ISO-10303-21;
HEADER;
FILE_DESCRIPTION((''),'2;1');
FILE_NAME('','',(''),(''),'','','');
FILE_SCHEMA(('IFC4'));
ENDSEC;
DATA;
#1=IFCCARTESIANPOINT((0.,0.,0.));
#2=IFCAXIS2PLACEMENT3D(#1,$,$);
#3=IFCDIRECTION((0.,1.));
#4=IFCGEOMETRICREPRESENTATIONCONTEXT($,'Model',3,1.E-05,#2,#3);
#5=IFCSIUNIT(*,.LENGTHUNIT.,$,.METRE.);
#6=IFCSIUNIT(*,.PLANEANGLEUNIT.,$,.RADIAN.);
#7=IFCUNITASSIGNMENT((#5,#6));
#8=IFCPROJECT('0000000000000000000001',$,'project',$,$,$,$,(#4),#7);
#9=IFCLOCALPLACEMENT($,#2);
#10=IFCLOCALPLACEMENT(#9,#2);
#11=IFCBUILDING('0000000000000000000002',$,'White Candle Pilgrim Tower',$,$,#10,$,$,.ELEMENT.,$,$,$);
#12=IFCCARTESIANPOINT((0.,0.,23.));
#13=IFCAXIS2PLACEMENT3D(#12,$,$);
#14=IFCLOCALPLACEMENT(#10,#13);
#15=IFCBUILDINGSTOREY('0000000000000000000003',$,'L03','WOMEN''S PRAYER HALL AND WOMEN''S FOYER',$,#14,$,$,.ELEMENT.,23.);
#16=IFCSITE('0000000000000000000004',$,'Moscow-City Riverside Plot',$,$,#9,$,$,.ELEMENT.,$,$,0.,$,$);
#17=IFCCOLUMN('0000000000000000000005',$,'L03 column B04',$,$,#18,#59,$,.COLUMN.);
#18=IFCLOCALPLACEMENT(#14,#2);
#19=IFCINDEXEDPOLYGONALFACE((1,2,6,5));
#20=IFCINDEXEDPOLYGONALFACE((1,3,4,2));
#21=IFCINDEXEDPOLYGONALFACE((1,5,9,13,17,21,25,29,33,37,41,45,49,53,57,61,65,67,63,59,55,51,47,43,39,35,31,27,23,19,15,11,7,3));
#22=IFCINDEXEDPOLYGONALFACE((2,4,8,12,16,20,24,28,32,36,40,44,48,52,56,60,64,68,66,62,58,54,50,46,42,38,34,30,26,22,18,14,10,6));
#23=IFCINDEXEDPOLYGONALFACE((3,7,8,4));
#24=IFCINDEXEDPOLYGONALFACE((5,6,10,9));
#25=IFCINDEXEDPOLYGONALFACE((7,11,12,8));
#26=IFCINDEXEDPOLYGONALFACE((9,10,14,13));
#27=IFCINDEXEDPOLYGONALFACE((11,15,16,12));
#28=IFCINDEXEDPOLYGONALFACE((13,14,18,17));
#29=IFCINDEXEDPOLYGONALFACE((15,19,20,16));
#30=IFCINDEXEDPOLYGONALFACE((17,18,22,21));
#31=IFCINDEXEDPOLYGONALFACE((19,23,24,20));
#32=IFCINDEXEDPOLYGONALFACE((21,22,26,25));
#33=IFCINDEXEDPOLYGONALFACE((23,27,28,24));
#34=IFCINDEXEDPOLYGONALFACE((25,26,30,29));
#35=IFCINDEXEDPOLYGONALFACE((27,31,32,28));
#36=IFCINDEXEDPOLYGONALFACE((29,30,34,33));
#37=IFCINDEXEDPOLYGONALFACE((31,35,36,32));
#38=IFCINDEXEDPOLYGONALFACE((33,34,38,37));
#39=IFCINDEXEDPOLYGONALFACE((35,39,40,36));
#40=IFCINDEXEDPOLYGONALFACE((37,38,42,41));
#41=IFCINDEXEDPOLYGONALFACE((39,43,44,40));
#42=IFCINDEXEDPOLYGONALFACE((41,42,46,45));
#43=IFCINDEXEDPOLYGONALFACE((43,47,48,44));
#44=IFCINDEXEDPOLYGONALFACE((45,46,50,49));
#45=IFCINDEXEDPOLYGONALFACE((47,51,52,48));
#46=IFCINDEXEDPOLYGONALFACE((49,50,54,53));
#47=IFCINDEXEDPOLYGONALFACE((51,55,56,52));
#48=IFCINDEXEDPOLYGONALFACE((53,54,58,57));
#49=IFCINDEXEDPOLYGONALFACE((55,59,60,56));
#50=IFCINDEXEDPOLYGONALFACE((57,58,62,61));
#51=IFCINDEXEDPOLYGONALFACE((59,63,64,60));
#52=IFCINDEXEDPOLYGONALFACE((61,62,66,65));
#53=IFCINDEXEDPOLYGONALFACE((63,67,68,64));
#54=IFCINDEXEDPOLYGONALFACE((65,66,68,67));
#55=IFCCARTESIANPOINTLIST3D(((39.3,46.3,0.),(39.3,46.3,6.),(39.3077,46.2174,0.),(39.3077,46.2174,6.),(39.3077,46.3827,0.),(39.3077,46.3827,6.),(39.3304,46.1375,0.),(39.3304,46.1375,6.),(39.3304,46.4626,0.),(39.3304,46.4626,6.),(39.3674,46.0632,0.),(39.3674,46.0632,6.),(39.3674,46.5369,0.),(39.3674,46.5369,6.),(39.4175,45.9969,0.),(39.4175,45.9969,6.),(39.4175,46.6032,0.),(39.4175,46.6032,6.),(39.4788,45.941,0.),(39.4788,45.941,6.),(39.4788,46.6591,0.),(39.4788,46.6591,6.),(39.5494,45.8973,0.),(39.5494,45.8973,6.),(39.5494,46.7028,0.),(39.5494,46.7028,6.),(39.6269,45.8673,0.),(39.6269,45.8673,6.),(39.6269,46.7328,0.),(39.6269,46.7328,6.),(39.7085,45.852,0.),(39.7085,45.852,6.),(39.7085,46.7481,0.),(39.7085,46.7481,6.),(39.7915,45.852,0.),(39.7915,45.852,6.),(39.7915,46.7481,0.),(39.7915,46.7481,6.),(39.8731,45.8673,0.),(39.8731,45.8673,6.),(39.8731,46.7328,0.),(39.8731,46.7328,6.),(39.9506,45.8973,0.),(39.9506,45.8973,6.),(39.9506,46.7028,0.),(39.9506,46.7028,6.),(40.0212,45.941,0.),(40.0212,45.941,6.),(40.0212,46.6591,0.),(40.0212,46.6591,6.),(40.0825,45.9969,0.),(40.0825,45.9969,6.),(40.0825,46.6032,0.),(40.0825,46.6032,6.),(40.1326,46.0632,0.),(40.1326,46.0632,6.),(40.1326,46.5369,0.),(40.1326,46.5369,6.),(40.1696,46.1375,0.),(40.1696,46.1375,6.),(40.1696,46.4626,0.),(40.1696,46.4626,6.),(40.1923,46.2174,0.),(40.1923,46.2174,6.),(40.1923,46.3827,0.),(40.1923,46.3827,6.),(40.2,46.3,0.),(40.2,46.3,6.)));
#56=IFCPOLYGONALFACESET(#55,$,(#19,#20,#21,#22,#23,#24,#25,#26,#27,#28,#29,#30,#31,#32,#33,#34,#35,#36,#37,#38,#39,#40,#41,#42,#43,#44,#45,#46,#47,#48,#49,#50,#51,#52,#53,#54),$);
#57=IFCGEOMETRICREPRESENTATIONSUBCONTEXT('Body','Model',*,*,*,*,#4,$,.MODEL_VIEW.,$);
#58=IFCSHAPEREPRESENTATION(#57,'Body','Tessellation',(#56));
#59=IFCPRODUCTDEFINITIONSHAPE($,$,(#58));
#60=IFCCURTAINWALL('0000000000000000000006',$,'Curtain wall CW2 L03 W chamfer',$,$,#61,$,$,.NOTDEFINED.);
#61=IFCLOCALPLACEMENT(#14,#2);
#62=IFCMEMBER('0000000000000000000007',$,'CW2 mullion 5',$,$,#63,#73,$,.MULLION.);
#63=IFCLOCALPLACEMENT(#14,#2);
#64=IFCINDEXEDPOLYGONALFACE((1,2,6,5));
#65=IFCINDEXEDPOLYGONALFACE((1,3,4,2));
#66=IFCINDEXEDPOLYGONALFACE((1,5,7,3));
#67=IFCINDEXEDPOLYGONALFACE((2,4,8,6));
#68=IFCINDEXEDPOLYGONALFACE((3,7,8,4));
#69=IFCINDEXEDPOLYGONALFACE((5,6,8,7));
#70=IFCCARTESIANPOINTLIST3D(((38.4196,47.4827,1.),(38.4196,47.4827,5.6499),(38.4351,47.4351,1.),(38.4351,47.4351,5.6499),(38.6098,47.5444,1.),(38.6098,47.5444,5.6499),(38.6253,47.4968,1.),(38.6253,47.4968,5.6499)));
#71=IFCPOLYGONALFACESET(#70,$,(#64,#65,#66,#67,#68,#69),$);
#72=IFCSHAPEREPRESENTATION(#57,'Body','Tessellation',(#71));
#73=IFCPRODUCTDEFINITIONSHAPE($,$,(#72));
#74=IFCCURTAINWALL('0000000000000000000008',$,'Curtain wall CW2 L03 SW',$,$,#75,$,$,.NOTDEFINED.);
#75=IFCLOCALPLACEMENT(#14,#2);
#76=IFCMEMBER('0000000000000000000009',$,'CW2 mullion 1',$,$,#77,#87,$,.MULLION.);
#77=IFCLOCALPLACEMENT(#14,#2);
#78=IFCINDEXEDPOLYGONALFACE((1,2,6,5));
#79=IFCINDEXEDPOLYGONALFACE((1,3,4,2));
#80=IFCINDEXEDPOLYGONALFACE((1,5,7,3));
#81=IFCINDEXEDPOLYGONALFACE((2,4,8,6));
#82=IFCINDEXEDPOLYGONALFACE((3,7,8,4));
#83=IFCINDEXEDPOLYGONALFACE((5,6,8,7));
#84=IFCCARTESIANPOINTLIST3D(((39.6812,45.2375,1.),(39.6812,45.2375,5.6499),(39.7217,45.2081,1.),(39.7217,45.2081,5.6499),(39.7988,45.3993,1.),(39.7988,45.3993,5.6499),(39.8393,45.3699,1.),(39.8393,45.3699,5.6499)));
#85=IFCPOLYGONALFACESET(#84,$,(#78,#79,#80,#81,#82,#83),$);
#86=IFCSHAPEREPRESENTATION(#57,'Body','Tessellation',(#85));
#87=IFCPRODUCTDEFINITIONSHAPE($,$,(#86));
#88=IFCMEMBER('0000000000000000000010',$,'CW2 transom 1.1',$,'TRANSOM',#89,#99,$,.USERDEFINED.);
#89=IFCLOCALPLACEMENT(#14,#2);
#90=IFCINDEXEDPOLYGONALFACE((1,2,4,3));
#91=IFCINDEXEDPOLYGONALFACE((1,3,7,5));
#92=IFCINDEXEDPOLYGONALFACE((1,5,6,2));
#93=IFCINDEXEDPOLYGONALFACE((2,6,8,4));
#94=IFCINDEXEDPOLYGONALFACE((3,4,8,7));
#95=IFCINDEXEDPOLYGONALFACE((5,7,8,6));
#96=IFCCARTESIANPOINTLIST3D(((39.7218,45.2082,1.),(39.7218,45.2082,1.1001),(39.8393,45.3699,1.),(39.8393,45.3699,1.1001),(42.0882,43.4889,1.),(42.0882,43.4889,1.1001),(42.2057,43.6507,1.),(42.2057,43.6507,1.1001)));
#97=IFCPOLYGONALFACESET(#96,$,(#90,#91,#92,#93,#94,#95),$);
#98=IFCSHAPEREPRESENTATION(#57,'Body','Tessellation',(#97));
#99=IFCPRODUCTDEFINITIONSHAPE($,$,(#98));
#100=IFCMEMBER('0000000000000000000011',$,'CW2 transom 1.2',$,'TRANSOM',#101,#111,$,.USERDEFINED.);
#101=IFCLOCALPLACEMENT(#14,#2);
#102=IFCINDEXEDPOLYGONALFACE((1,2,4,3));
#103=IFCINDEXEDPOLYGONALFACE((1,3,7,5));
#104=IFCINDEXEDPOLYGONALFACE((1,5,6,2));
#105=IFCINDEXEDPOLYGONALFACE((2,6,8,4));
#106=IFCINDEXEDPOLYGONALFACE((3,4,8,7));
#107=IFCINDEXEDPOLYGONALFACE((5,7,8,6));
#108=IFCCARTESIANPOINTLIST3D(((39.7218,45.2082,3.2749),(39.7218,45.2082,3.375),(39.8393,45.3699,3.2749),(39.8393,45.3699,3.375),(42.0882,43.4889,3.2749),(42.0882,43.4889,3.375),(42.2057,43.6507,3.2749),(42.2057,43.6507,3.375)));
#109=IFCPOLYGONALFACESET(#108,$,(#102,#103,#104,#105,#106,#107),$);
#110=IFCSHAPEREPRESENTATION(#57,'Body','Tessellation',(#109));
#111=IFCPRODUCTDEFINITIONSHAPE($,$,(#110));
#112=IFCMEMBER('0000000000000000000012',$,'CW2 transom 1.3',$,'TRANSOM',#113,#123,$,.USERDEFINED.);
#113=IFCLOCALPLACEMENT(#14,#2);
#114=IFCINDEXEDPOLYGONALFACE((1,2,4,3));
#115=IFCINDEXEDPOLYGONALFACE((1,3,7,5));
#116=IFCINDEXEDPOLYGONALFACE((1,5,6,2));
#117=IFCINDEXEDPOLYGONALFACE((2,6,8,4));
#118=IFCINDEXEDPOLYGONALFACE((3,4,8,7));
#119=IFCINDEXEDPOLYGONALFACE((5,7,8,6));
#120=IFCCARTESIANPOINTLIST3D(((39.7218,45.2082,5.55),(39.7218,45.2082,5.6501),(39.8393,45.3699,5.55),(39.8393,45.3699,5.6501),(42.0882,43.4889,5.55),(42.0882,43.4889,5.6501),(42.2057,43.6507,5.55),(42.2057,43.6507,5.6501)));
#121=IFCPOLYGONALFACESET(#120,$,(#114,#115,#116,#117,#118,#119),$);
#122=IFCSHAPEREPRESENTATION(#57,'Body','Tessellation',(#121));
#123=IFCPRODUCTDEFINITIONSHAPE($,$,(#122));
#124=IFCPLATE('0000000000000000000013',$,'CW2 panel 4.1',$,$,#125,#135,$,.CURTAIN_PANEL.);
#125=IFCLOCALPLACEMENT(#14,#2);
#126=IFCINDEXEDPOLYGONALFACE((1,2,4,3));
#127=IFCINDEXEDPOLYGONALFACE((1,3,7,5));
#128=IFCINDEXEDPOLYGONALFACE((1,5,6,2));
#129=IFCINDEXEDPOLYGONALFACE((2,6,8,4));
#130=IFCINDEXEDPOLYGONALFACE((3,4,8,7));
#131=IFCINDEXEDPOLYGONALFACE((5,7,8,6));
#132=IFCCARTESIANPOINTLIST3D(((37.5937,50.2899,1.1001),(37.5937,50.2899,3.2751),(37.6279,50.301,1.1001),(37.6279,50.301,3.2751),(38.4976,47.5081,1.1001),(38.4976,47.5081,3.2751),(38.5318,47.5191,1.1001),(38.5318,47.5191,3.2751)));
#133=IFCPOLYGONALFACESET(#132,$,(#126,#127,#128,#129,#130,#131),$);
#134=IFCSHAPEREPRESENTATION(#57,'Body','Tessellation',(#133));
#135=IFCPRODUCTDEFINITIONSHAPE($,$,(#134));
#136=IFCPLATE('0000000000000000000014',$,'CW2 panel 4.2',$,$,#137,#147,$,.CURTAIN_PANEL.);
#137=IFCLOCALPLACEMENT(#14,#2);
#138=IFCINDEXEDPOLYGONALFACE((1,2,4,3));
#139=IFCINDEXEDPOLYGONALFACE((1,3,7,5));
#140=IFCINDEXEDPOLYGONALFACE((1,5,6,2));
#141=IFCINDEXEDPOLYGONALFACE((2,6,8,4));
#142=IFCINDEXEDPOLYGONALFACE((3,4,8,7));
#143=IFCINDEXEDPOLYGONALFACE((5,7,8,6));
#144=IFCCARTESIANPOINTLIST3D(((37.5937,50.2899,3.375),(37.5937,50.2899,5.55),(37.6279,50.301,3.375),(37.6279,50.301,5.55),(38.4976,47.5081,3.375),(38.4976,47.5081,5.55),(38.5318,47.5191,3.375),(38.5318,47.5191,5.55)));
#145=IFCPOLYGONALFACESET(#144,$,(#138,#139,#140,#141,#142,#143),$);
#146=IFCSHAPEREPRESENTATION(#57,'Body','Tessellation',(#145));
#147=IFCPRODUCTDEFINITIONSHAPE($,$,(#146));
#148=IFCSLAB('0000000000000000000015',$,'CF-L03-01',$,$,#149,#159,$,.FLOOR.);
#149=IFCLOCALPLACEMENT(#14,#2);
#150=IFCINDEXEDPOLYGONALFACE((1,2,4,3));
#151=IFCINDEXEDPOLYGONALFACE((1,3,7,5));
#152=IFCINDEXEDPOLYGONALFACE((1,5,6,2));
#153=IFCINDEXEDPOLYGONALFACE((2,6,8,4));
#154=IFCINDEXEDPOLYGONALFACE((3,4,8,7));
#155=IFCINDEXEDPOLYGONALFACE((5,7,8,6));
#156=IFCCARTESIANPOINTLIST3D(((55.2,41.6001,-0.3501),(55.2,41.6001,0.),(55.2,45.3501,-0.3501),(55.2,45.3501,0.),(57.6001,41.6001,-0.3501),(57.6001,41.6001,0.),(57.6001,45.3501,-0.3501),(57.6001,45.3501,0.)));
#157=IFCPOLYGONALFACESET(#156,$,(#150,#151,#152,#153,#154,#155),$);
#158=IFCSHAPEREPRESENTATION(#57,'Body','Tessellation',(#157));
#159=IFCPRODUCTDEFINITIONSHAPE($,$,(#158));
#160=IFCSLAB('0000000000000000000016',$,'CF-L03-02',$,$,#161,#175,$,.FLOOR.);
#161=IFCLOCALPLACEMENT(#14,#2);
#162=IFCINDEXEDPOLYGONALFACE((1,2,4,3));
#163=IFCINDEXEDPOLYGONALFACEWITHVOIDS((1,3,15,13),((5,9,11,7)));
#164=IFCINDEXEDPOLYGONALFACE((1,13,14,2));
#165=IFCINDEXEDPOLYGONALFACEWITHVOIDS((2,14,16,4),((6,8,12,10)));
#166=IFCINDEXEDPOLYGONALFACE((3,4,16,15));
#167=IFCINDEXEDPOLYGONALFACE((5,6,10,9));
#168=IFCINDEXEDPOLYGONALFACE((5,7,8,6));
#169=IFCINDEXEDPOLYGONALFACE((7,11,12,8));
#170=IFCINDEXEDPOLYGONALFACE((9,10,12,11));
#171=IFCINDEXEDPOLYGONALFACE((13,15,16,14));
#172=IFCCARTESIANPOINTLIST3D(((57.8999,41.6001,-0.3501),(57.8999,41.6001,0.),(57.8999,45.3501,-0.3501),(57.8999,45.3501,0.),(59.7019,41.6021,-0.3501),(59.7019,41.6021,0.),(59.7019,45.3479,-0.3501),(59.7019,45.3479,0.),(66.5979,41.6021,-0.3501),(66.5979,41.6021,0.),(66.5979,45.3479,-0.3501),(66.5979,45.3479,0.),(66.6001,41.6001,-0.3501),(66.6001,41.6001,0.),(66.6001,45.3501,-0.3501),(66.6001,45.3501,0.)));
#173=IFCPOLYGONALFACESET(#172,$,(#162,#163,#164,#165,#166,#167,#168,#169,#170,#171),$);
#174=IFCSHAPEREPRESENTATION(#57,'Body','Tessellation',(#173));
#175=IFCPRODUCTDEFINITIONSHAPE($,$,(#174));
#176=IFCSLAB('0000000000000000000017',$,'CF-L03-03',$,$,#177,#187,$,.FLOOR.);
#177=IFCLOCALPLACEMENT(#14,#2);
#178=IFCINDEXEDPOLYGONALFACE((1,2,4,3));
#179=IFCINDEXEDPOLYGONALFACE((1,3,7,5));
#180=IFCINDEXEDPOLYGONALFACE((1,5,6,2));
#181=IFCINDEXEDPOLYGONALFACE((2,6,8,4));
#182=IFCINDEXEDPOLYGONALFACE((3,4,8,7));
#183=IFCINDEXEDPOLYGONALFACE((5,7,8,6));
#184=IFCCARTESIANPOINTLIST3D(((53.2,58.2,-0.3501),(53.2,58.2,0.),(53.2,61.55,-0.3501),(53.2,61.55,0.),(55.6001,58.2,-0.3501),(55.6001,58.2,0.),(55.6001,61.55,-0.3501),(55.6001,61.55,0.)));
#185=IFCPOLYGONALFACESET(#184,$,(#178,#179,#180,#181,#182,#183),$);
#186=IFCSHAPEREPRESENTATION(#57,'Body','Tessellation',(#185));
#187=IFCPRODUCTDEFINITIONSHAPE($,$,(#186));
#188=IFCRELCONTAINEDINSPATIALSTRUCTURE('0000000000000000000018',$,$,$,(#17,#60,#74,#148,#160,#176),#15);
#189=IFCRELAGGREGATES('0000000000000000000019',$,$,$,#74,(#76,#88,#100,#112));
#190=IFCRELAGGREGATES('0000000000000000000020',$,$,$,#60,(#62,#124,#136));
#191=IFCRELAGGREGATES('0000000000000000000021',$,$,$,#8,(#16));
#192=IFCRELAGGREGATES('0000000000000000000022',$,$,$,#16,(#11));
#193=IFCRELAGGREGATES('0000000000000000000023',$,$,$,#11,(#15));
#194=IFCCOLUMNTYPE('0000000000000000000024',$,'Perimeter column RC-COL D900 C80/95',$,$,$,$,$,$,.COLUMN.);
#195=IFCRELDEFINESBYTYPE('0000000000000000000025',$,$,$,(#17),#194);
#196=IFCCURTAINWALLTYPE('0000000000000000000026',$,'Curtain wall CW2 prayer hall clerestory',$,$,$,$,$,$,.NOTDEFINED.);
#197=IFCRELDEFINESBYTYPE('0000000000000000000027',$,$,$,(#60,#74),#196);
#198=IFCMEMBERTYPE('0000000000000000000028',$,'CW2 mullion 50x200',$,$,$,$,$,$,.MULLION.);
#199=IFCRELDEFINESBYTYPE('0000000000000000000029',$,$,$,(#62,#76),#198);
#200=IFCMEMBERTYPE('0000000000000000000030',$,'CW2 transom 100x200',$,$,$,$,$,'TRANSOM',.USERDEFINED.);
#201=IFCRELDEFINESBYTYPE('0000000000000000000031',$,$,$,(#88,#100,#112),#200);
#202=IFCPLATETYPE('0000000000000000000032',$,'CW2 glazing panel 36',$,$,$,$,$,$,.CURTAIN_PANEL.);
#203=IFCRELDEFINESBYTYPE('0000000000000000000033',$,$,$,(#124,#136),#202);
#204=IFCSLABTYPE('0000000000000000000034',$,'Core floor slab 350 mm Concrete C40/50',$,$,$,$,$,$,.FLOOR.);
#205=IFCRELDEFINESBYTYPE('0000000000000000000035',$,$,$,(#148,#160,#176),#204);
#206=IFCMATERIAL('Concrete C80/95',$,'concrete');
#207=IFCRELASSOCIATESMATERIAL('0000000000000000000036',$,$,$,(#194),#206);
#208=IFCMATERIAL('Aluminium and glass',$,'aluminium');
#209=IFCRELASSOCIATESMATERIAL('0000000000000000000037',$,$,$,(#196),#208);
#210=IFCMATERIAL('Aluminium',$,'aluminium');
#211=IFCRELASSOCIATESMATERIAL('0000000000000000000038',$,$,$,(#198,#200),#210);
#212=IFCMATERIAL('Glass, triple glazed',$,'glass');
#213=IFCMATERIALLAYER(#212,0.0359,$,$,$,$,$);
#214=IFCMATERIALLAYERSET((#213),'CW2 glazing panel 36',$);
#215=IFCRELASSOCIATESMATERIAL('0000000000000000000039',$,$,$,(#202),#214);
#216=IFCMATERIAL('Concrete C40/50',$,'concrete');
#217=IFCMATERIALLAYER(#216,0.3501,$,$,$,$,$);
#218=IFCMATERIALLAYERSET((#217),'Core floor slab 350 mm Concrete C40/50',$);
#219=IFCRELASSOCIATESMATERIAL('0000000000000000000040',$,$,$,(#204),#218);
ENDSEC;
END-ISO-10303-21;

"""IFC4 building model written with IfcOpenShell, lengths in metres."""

from ifc_helpers import new_model, si_unit, direction, frame, origin, origin_2d, place, context, subcontext, project, spatial, polyline, rectangle, circle, outline, extrude, material, layer, layer_set, material_profile, profile_set, type_object, element, aggregate, save


model = new_model("IFC4")

# Units and contexts
model_context = context("Model", 3, precision=1e-05, world=origin(), true_north=direction((0.0, 1.0)))
body_context = subcontext(model_context, "Body", "Model", "MODEL_VIEW")
ifc_project = project(units=[si_unit("LENGTHUNIT", "METRE"), si_unit("PLANEANGLEUNIT", "RADIAN")], contexts=[model_context])

# Site, building, storey
site_placement = place(None, origin())
site = spatial("IfcSite", under=ifc_project, at=site_placement, Name="Moscow-City Riverside Plot", CompositionType="ELEMENT", RefElevation=0.0)
building_placement = place(site_placement, origin())
building = spatial("IfcBuilding", under=site, at=building_placement, Name="White Candle Pilgrim Tower", CompositionType="ELEMENT")
storey_placement = place(building_placement, frame((0.0, 0.0, 23.0)))
storey = spatial("IfcBuildingStorey", under=building, at=storey_placement, Name="L03", Description="WOMEN'S PRAYER HALL AND WOMEN'S FOYER", CompositionType="ELEMENT", Elevation=23.0)

# Column
ifc_material_1 = material(Name="Concrete C80/95", Category="concrete")
ifc_material_profile_1 = material_profile(ifc_material_1, circle(Radius=0.45, at=origin_2d()), Name="RC-COL D900")
ifc_profile_set_1 = profile_set([ifc_material_profile_1], Name="Concrete C80/95")
column_type = type_object("IfcColumnType", Name="Perimeter column RC-COL D900 C80/95", PredefinedType="COLUMN", material=ifc_profile_set_1)
column_placement = place(storey_placement, frame((39.75, 46.3, 0.0), z_axis=(0.0, 0.0, 1.0), x_axis=(1.0, 0.0, 0.0)))
element("IfcColumn", 1, at=column_placement, inside=storey, type_object=column_type, Name="L03 column B04", PredefinedType="COLUMN", context=body_context, shape_type="SweptSolid", body=[
    extrude(circle(Radius=0.45, at=origin_2d()), origin(), (0.0, 0.0, 1.0), 6.0),
])

# Curtain wall, member
ifc_material_2 = material(Name="Aluminium and glass", Category="aluminium")
curtain_wall_type = type_object("IfcCurtainWallType", Name="Curtain wall CW2 prayer hall clerestory", PredefinedType="NOTDEFINED", material=ifc_material_2)
curtain_wall_1_placement = place(storey_placement, origin())
curtain_wall_1 = element("IfcCurtainWall", 2, at=curtain_wall_1_placement, inside=storey, type_object=curtain_wall_type, Name="Curtain wall CW2 L03 W chamfer", PredefinedType="NOTDEFINED")
ifc_material_3 = material(Name="Aluminium", Category="aluminium")
ifc_material_profile_2 = material_profile(ifc_material_3, rectangle(XDim=0.2, YDim=0.05, at=origin_2d()), Name="CW2 mullion 50x200")
ifc_profile_set_2 = profile_set([ifc_material_profile_2], Name="Aluminium")
member_type_1 = type_object("IfcMemberType", Name="CW2 mullion 50x200", PredefinedType="MULLION", material=ifc_profile_set_2)
member_1_placement = place(storey_placement, frame((38.5225, 47.4897, 1.0), z_axis=(0.0, 0.0, 1.0), x_axis=(0.951057, 0.309017, 0.0)))
member_1 = element("IfcMember", 3, at=member_1_placement, type_object=member_type_1, Name="CW2 mullion 5", PredefinedType="MULLION", context=body_context, shape_type="SweptSolid", body=[
    extrude(rectangle(XDim=0.2, YDim=0.05, at=origin_2d()), origin(), (0.0, 0.0, 1.0), 4.6499),
])

# Curtain wall, members
curtain_wall_2_placement = place(storey_placement, origin())
curtain_wall_2 = element("IfcCurtainWall", 4, at=curtain_wall_2_placement, inside=storey, type_object=curtain_wall_type, Name="Curtain wall CW2 L03 SW", PredefinedType="NOTDEFINED")
member_2_placement = place(storey_placement, frame((39.7603, 45.3037, 1.0), z_axis=(0.0, 0.0, 1.0), x_axis=(0.587785, 0.809017, 0.0)))
member_2 = element("IfcMember", 5, at=member_2_placement, type_object=member_type_1, Name="CW2 mullion 1", PredefinedType="MULLION", context=body_context, shape_type="SweptSolid", body=[
    extrude(rectangle(XDim=0.2, YDim=0.05, at=origin_2d()), origin(), (0.0, 0.0, 1.0), 4.6499),
])
ifc_material_profile_3 = material_profile(ifc_material_3, rectangle(XDim=0.2, YDim=0.1001, at=origin_2d()), Name="CW2 transom 100x200")
ifc_profile_set_3 = profile_set([ifc_material_profile_3], Name="Aluminium")
member_type_2 = type_object("IfcMemberType", Name="CW2 transom 100x200", ElementType="TRANSOM", PredefinedType="USERDEFINED", material=ifc_profile_set_3)
member_3_placement = place(storey_placement, frame((39.7805, 45.2891, 1.05), z_axis=(0.809032, -0.587765, 0.0), x_axis=(0.587765, 0.809032, 0.0)))
member_3 = element("IfcMember", 6, at=member_3_placement, type_object=member_type_2, Name="CW2 transom 1.1", ObjectType="TRANSOM", PredefinedType="USERDEFINED", context=body_context, shape_type="SweptSolid", body=[
    extrude(rectangle(XDim=0.2, YDim=0.1001, at=origin_2d()), origin(), (0.0, 0.0, 1.0), 2.925),
])
member_4_placement = place(storey_placement, frame((39.7805, 45.2891, 3.325), z_axis=(0.809032, -0.587765, 0.0), x_axis=(0.587765, 0.809032, 0.0)))
member_4 = element("IfcMember", 7, at=member_4_placement, type_object=member_type_2, Name="CW2 transom 1.2", ObjectType="TRANSOM", PredefinedType="USERDEFINED", context=body_context, shape_type="SweptSolid", body=[
    extrude(rectangle(XDim=0.2, YDim=0.1001, at=origin_2d()), origin(), (0.0, 0.0, 1.0), 2.925),
])
member_5_placement = place(storey_placement, frame((39.7805, 45.2891, 5.6001), z_axis=(0.809032, -0.587765, 0.0), x_axis=(0.587765, 0.809032, 0.0)))
member_5 = element("IfcMember", 8, at=member_5_placement, type_object=member_type_2, Name="CW2 transom 1.3", ObjectType="TRANSOM", PredefinedType="USERDEFINED", context=body_context, shape_type="SweptSolid", body=[
    extrude(rectangle(XDim=0.2, YDim=0.1001, at=origin_2d()), origin(), (0.0, 0.0, 1.0), 2.925),
])
aggregate(curtain_wall_2, [member_2, member_3, member_4, member_5])

# Plates
ifc_material_4 = material(Name="Glass, triple glazed", Category="glass")
ifc_layer_1 = layer(ifc_material_4, 0.0359)
ifc_layer_set_1 = layer_set([ifc_layer_1], Name="CW2 glazing panel 36")
plate_type = type_object("IfcPlateType", Name="CW2 glazing panel 36", PredefinedType="CURTAIN_PANEL", material=ifc_layer_set_1)
plate_1_placement = place(storey_placement, frame((38.0627, 48.9045, 1.1001), z_axis=(0.0, 0.0, 1.0), x_axis=(0.309017, -0.951057, 0.0)))
plate_1 = element("IfcPlate", 9, at=plate_1_placement, type_object=plate_type, Name="CW2 panel 4.1", PredefinedType="CURTAIN_PANEL", context=body_context, shape_type="SweptSolid", body=[
    extrude(rectangle(XDim=2.925, YDim=0.0359, at=origin_2d()), origin(), (0.0, 0.0, 1.0), 2.175),
])
plate_2_placement = place(storey_placement, frame((38.0627, 48.9045, 3.375), z_axis=(0.0, 0.0, 1.0), x_axis=(0.309017, -0.951057, 0.0)))
plate_2 = element("IfcPlate", 10, at=plate_2_placement, type_object=plate_type, Name="CW2 panel 4.2", PredefinedType="CURTAIN_PANEL", context=body_context, shape_type="SweptSolid", body=[
    extrude(rectangle(XDim=2.925, YDim=0.0359, at=origin_2d()), origin(), (0.0, 0.0, 1.0), 2.175),
])
aggregate(curtain_wall_1, [member_1, plate_1, plate_2])

# Slabs
ifc_material_5 = material(Name="Concrete C40/50", Category="concrete")
ifc_layer_2 = layer(ifc_material_5, 0.3501)
ifc_layer_set_2 = layer_set([ifc_layer_2], Name="Core floor slab 350 mm Concrete C40/50")
slab_type_1 = type_object("IfcSlabType", Name="Core floor slab 350 mm Concrete C40/50", PredefinedType="FLOOR", material=ifc_layer_set_2)
slab_1_placement = place(storey_placement, frame((0.0, 0.0, -0.3501)))
element("IfcSlab", 11, at=slab_1_placement, inside=storey, type_object=slab_type_1, Name="CF-L03-01", PredefinedType="FLOOR", context=body_context, shape_type="SweptSolid", body=[
    extrude(outline(polyline([(55.2, 41.6001), (55.2, 45.3501), (57.6001, 45.3501), (57.6001, 41.6001), (55.2, 41.6001)])), origin(), (0.0, 0.0, 1.0), 0.3501),
])
slab_2_placement = place(storey_placement, frame((0.0, 0.0, -0.3501)))
element("IfcSlab", 12, at=slab_2_placement, inside=storey, type_object=slab_type_1, Name="CF-L03-02", PredefinedType="FLOOR", context=body_context, shape_type="SweptSolid", body=[
    extrude(outline(polyline([(57.8999, 45.3501), (66.6001, 45.3501), (66.6001, 41.6001), (57.8999, 41.6001), (57.8999, 45.3501)]), holes=[polyline([(59.7019, 45.3479), (59.7019, 41.6021), (66.5979, 41.6021), (66.5979, 45.3479), (59.7019, 45.3479)])]), origin(), (0.0, 0.0, 1.0), 0.3501),
])
slab_3_placement = place(storey_placement, frame((0.0, 0.0, -0.3501)))
element("IfcSlab", 13, at=slab_3_placement, inside=storey, type_object=slab_type_1, Name="CF-L03-03", PredefinedType="FLOOR", context=body_context, shape_type="SweptSolid", body=[
    extrude(outline(polyline([(53.2, 61.55), (55.6001, 61.55), (55.6001, 58.2), (53.2, 58.2), (53.2, 61.55)])), origin(), (0.0, 0.0, 1.0), 0.3501),
])

save(model, "model.ifc")
